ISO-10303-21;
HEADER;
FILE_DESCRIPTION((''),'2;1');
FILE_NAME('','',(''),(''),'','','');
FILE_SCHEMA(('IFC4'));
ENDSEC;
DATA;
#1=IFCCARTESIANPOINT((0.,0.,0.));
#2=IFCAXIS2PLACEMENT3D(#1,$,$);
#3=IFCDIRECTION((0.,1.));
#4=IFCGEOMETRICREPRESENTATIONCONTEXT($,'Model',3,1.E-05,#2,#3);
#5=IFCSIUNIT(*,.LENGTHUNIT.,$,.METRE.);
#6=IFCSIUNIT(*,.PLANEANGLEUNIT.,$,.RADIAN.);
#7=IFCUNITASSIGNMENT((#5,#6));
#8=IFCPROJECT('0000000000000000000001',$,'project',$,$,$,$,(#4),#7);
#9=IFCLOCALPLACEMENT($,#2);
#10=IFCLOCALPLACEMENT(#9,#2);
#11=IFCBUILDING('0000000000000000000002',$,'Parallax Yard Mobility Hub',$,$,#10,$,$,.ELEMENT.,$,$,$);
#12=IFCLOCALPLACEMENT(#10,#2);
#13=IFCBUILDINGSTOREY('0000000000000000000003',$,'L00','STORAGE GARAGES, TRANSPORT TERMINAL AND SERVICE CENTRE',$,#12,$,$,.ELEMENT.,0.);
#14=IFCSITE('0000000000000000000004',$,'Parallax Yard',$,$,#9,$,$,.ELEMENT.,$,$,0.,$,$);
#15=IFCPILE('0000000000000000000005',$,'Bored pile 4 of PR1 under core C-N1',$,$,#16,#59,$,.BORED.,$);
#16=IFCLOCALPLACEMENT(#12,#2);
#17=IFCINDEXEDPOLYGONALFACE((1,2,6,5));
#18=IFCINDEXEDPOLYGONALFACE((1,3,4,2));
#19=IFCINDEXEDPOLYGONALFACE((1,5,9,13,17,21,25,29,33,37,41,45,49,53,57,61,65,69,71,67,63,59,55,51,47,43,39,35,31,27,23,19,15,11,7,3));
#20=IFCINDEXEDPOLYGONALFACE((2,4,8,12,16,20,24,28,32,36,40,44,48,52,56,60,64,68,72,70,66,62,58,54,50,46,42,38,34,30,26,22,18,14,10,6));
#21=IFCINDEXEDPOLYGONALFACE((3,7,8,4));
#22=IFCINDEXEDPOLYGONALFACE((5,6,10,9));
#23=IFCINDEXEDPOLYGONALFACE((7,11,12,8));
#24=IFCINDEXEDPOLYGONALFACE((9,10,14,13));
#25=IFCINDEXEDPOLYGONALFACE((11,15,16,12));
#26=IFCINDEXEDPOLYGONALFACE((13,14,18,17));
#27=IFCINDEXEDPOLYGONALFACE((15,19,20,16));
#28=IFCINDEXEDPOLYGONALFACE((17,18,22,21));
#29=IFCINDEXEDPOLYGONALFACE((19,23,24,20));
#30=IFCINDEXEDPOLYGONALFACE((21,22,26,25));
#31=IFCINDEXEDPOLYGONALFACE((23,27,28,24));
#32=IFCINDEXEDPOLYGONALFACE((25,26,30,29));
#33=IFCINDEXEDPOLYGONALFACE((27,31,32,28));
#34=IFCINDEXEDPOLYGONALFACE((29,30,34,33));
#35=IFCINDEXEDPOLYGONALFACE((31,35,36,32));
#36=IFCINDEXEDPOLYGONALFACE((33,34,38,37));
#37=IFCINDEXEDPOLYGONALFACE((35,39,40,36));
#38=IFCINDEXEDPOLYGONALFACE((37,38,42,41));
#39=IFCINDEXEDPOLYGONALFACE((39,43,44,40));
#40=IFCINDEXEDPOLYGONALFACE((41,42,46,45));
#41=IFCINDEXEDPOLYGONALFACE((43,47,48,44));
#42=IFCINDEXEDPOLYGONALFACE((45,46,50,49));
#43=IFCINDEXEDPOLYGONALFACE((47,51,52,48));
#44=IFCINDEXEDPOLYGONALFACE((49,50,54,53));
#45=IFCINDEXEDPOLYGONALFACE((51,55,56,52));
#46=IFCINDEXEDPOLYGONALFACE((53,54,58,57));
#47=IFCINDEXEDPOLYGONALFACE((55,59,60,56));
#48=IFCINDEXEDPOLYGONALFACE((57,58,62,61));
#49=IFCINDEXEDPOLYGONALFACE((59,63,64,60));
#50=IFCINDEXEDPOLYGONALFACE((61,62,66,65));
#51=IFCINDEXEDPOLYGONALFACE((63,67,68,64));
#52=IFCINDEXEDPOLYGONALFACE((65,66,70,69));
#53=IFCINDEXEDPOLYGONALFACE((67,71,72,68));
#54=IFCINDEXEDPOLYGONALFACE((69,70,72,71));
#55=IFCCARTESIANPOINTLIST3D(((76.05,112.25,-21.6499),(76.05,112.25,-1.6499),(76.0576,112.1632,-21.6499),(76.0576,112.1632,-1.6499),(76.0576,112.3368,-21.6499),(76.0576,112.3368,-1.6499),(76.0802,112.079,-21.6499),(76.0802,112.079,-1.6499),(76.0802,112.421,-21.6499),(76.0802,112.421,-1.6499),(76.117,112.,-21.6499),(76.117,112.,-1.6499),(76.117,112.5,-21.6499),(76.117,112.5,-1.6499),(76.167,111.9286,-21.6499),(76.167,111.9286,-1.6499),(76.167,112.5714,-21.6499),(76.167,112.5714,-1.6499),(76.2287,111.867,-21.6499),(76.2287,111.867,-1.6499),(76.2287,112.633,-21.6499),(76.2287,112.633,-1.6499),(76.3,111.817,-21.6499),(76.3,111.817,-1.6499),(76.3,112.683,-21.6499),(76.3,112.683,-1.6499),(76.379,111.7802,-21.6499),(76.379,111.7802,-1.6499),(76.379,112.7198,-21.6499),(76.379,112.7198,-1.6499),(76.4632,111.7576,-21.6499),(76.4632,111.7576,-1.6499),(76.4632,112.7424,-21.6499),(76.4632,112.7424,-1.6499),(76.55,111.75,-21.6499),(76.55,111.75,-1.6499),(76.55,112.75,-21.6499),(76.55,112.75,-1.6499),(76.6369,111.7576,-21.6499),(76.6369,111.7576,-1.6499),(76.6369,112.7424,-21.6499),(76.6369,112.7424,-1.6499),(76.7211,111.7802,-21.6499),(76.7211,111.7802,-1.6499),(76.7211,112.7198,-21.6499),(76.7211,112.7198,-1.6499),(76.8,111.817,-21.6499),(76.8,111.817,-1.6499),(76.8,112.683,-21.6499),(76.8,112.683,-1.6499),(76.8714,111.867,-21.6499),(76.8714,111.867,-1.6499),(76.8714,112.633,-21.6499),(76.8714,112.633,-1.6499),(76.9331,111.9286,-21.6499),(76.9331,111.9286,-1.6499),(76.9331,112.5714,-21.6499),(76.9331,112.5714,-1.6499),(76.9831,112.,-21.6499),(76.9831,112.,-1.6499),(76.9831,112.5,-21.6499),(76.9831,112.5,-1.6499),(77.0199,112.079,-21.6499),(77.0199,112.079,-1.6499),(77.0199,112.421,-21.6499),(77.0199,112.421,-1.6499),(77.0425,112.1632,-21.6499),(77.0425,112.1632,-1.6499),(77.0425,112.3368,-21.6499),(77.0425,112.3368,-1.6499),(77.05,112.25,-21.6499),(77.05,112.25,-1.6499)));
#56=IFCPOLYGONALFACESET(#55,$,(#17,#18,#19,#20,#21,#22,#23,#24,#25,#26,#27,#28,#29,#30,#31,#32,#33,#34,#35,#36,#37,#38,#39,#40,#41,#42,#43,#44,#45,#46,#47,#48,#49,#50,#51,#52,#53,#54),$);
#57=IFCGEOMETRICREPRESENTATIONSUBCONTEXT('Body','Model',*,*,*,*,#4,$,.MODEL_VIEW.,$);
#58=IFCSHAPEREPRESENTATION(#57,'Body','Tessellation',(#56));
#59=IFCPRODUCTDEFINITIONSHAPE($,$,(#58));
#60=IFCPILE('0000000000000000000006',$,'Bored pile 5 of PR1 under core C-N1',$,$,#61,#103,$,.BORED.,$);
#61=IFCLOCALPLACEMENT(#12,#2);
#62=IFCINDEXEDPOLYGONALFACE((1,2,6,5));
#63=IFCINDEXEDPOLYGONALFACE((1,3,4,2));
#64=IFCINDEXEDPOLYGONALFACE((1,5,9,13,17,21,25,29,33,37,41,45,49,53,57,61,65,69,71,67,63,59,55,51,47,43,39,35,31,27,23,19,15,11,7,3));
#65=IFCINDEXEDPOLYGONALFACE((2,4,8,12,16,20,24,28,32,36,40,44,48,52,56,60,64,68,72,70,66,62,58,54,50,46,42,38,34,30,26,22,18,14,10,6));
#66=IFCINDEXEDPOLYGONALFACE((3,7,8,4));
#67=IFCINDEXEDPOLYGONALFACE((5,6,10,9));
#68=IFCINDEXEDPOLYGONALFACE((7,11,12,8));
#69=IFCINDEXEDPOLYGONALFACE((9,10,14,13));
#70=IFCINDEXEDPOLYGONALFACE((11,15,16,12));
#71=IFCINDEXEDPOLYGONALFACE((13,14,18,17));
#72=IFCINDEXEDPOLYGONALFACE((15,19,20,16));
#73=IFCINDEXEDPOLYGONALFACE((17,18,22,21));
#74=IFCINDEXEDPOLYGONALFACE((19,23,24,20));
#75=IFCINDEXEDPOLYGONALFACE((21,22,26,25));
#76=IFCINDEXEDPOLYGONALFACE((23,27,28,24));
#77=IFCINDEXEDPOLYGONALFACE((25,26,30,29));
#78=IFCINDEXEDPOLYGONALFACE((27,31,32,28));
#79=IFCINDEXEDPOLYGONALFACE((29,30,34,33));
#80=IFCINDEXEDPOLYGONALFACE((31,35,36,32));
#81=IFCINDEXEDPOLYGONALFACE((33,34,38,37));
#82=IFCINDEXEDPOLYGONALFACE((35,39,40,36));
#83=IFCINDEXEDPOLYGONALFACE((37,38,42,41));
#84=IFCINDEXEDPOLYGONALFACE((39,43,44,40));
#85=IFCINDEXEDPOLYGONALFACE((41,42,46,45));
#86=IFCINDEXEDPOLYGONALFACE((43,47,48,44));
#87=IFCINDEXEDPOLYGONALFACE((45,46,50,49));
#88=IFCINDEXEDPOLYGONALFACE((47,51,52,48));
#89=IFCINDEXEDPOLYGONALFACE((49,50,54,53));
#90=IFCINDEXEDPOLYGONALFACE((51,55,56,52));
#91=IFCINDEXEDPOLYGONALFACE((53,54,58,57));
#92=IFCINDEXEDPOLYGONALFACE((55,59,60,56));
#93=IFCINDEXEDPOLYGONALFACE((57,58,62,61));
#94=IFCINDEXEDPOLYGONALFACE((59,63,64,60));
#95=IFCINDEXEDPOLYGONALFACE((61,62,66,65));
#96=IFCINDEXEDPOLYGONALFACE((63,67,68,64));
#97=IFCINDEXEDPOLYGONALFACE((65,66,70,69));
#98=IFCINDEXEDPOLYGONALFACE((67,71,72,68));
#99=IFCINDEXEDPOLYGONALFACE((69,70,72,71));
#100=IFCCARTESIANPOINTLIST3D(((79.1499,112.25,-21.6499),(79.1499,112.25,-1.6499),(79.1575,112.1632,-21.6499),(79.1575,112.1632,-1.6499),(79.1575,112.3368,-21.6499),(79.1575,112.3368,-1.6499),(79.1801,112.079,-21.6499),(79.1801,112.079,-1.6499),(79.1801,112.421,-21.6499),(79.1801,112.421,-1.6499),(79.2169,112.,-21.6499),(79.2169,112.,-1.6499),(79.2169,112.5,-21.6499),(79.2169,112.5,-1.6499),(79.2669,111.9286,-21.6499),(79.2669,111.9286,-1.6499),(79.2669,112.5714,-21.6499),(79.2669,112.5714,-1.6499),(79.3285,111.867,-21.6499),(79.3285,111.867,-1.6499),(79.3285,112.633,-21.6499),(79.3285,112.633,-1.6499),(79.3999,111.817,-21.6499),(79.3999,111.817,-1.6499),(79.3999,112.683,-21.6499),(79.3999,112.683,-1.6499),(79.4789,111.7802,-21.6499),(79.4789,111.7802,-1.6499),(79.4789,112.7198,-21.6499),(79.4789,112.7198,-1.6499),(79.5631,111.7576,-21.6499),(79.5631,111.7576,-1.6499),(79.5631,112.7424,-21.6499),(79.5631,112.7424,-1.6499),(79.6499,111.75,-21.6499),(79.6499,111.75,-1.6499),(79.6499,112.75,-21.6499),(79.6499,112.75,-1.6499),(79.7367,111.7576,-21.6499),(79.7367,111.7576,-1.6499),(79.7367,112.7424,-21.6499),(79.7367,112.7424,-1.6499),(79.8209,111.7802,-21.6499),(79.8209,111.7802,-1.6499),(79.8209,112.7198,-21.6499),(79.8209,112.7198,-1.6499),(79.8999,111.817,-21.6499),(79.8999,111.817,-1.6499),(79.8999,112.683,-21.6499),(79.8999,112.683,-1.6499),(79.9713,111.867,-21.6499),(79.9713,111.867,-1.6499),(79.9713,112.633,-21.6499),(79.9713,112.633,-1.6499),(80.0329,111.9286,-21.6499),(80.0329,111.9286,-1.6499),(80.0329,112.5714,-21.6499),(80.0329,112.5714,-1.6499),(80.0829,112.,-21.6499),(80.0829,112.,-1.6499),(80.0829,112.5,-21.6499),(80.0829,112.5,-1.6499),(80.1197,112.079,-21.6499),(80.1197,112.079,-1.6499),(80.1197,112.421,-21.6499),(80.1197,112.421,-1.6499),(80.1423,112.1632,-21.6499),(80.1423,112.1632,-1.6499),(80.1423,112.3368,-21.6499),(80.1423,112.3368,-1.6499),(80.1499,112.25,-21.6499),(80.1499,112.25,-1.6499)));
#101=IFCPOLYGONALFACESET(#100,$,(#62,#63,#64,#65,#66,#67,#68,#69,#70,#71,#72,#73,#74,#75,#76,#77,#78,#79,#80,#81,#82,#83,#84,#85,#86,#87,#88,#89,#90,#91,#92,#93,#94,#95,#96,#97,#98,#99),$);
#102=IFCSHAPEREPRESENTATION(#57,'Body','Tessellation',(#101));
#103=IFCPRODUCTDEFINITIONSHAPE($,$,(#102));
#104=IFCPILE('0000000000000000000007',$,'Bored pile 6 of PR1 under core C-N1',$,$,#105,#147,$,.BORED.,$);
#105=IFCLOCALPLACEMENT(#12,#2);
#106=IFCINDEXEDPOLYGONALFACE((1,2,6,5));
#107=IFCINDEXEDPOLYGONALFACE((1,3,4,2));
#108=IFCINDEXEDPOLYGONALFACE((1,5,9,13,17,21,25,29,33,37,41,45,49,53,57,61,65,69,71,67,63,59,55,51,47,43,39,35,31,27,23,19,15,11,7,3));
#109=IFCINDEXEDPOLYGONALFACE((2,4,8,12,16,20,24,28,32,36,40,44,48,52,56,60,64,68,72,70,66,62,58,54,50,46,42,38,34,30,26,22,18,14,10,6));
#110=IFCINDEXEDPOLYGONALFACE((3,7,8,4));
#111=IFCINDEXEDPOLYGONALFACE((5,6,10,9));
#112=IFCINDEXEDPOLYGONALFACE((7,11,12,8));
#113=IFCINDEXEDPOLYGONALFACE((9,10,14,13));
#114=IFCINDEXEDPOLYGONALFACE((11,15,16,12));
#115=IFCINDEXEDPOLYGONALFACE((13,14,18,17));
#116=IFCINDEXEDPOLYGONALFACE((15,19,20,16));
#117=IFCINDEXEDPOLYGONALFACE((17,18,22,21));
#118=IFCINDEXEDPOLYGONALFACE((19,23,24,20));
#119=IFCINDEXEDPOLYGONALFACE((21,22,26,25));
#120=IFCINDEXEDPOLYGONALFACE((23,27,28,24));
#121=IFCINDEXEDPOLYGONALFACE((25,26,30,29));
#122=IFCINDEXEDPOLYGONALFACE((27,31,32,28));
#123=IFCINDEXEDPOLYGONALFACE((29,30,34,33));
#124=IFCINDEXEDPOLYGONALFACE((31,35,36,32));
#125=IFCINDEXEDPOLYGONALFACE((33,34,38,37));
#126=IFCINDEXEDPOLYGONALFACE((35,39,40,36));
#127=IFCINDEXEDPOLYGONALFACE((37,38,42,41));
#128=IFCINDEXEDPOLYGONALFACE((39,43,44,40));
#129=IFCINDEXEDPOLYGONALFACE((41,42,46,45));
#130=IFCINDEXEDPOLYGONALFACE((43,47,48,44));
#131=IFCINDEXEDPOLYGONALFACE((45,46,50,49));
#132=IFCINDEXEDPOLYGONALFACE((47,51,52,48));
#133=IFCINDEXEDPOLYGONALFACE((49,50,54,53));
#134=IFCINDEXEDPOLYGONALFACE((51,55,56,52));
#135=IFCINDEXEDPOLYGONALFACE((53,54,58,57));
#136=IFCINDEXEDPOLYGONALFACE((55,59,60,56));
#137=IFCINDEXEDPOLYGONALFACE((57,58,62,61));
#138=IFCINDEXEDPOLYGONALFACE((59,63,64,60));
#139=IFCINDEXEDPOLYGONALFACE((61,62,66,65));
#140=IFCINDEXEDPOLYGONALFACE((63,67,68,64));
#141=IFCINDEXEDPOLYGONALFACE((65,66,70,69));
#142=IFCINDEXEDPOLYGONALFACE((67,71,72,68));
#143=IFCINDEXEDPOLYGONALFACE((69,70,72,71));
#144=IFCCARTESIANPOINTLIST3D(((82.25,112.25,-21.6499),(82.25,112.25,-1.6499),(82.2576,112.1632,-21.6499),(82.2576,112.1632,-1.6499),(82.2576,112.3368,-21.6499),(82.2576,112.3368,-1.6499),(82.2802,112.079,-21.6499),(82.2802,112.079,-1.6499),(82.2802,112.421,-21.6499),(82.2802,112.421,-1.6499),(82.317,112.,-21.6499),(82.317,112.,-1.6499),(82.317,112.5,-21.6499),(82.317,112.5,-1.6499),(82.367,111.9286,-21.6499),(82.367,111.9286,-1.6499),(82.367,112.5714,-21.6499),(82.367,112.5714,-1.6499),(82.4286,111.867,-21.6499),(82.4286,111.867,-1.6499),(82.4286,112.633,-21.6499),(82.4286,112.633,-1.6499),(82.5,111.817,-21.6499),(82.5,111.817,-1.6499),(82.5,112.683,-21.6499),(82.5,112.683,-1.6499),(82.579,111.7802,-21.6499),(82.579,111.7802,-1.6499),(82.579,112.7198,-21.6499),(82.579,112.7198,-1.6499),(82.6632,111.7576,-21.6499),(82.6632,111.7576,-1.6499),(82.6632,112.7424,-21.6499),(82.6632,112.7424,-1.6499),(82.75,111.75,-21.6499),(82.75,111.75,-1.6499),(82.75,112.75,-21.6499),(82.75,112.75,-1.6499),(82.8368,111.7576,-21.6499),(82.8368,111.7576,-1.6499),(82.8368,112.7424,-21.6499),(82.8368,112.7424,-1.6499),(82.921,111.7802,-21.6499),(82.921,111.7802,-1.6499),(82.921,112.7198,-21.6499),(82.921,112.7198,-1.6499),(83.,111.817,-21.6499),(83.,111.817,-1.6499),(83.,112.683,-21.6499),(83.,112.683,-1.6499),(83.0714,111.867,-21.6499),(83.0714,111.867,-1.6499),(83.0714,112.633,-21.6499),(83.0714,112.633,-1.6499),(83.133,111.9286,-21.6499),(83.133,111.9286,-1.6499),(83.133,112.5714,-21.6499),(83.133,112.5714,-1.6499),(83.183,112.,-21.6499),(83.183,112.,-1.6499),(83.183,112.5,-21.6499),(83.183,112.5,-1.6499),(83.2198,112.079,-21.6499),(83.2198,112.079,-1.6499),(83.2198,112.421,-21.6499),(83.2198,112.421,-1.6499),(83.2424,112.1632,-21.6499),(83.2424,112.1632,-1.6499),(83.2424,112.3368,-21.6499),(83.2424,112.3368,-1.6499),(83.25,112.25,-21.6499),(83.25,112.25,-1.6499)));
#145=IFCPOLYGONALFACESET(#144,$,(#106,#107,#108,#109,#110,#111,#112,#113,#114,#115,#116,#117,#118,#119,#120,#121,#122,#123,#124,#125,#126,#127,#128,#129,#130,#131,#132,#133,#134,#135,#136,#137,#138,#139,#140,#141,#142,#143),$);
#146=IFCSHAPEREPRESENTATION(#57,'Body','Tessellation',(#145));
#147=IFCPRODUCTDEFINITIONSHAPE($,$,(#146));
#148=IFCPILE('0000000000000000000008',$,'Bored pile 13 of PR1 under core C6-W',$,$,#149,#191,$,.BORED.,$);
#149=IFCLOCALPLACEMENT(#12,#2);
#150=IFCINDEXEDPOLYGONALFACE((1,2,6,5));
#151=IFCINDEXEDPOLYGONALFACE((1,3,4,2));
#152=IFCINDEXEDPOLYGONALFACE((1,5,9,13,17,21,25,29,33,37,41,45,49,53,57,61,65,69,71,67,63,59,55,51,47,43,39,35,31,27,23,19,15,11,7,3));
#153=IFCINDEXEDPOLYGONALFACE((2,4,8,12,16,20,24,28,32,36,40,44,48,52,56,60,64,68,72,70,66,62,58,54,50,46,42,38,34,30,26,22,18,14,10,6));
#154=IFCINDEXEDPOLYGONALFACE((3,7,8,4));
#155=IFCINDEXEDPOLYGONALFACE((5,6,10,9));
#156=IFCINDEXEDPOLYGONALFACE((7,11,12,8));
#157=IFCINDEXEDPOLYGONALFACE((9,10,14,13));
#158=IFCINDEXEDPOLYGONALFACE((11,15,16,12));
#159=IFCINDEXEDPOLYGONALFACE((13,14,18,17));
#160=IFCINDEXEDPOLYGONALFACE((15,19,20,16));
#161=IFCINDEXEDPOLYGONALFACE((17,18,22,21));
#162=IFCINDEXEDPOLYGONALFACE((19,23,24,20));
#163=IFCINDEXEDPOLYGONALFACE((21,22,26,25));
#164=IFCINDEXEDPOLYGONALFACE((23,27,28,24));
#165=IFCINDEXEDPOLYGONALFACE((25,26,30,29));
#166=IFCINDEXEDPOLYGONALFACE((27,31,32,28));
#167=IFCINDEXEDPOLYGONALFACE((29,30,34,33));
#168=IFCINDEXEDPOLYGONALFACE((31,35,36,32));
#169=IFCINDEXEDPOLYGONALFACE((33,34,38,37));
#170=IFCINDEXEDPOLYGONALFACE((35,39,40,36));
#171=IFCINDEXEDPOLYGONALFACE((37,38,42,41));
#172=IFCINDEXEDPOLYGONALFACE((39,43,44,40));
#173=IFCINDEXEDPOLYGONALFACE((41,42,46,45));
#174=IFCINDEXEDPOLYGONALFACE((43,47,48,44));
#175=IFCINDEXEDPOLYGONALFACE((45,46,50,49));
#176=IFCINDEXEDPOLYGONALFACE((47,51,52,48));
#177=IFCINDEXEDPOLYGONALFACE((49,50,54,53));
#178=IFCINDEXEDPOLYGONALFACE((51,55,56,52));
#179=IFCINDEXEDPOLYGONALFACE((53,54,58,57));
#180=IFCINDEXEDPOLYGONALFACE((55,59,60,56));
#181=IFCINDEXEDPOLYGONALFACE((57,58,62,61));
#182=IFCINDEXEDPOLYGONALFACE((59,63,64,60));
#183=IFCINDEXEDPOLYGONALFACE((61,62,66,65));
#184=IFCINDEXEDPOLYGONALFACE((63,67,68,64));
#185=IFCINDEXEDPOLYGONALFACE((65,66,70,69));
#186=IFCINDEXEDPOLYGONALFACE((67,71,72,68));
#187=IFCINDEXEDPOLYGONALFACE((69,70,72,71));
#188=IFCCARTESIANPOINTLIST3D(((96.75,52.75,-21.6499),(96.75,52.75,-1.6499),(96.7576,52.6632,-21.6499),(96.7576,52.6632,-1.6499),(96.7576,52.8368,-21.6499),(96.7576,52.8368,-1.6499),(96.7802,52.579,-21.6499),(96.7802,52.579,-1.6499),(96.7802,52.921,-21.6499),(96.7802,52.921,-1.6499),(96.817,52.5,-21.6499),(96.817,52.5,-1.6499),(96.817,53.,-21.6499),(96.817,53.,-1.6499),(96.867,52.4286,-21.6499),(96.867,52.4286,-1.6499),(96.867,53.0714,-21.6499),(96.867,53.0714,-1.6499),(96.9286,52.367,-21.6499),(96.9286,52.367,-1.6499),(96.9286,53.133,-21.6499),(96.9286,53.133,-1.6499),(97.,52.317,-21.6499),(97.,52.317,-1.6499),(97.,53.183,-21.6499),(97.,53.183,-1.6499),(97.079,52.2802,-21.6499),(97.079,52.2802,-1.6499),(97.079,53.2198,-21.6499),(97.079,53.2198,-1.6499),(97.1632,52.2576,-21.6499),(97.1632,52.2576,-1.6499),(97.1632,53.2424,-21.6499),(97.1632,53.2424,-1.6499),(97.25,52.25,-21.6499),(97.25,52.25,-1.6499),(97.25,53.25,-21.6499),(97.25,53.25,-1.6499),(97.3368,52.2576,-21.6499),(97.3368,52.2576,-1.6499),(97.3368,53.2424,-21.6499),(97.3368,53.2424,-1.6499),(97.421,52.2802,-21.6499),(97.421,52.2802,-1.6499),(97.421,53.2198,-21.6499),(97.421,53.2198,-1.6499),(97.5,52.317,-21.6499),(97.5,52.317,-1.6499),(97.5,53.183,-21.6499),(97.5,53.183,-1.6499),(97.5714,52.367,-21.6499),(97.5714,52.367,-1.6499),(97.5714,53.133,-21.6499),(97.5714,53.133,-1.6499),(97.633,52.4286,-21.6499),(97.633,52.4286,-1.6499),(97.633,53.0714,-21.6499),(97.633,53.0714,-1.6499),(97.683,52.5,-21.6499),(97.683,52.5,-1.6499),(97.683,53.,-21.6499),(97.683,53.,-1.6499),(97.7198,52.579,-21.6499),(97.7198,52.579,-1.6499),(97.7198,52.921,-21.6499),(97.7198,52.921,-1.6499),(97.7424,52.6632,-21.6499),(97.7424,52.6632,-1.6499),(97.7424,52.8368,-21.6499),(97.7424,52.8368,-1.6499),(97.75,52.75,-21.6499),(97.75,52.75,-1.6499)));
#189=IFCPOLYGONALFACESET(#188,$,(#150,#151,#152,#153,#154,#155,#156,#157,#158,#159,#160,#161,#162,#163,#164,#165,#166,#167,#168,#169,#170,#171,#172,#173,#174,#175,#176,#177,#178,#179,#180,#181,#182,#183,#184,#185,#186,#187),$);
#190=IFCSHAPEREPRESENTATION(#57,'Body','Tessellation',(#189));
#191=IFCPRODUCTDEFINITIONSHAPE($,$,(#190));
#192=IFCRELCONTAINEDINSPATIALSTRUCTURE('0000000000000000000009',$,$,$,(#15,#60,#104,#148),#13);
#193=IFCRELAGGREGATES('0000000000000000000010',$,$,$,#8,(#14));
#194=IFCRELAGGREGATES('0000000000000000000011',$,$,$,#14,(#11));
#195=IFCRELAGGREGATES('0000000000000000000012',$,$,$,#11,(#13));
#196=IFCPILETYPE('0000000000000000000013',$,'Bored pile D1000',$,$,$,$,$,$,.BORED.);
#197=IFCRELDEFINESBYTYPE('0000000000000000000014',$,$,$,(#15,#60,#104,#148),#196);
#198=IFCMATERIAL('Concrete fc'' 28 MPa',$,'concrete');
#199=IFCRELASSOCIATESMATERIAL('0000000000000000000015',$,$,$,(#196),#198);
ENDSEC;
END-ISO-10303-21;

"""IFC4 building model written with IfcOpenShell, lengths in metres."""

from ifc_helpers import new_model, si_unit, direction, frame, origin, origin_2d, place, context, subcontext, project, spatial, circle, extrude, material, material_profile, profile_set, type_object, element, save


model = new_model("IFC4")

# Units and contexts
model_context = context("Model", 3, precision=1e-05, world=origin(), true_north=direction((0.0, 1.0)))
body_context = subcontext(model_context, "Body", "Model", "MODEL_VIEW")
ifc_project = project(units=[si_unit("LENGTHUNIT", "METRE"), si_unit("PLANEANGLEUNIT", "RADIAN")], contexts=[model_context])

# Site, building, storey
site_placement = place(None, origin())
site = spatial("IfcSite", under=ifc_project, at=site_placement, Name="Parallax Yard", CompositionType="ELEMENT", RefElevation=0.0)
building_placement = place(site_placement, origin())
building = spatial("IfcBuilding", under=site, at=building_placement, Name="Parallax Yard Mobility Hub", CompositionType="ELEMENT")
storey_placement = place(building_placement, origin())
storey = spatial("IfcBuildingStorey", under=building, at=storey_placement, Name="L00", Description="STORAGE GARAGES, TRANSPORT TERMINAL AND SERVICE CENTRE", CompositionType="ELEMENT", Elevation=0.0)

# Piles
ifc_material_1 = material(Name="Concrete fc' 28 MPa", Category="concrete")
ifc_material_profile_1 = material_profile(ifc_material_1, circle(Radius=0.5, at=origin_2d()), Name="Bored pile D1000")
ifc_profile_set_1 = profile_set([ifc_material_profile_1], Name="Concrete fc' 28 MPa")
pile_type = type_object("IfcPileType", Name="Bored pile D1000", PredefinedType="BORED", material=ifc_profile_set_1)
for number, where, z_axis, x_axis, name in (
    (1, (76.55, 112.25, -1.6499), (0.0, 0.0, -1.0), (1.0, 0.0, 0.0), "Bored pile 4 of PR1 under core C-N1"),
    (2, (79.6499, 112.25, -1.6499), (0.0, 0.0, -1.0), (1.0, 0.0, 0.0), "Bored pile 5 of PR1 under core C-N1"),
    (3, (82.75, 112.25, -1.6499), (0.0, 0.0, -1.0), (1.0, 0.0, 0.0), "Bored pile 6 of PR1 under core C-N1"),
    (4, (97.25, 52.75, -1.6499), (0.0, 0.0, -1.0), (1.0, 0.0, 0.0), "Bored pile 13 of PR1 under core C6-W"),
):
    element("IfcPile", number, at=place(storey_placement, frame(where, z_axis=z_axis, x_axis=x_axis)), inside=storey, type_object=pile_type, Name=name, PredefinedType="BORED", context=body_context, shape_type="SweptSolid", body=[
        extrude(circle(Radius=0.5, at=origin_2d()), origin(), (0.0, 0.0, 1.0), 20.0),
    ])

save(model, "model.ifc")
